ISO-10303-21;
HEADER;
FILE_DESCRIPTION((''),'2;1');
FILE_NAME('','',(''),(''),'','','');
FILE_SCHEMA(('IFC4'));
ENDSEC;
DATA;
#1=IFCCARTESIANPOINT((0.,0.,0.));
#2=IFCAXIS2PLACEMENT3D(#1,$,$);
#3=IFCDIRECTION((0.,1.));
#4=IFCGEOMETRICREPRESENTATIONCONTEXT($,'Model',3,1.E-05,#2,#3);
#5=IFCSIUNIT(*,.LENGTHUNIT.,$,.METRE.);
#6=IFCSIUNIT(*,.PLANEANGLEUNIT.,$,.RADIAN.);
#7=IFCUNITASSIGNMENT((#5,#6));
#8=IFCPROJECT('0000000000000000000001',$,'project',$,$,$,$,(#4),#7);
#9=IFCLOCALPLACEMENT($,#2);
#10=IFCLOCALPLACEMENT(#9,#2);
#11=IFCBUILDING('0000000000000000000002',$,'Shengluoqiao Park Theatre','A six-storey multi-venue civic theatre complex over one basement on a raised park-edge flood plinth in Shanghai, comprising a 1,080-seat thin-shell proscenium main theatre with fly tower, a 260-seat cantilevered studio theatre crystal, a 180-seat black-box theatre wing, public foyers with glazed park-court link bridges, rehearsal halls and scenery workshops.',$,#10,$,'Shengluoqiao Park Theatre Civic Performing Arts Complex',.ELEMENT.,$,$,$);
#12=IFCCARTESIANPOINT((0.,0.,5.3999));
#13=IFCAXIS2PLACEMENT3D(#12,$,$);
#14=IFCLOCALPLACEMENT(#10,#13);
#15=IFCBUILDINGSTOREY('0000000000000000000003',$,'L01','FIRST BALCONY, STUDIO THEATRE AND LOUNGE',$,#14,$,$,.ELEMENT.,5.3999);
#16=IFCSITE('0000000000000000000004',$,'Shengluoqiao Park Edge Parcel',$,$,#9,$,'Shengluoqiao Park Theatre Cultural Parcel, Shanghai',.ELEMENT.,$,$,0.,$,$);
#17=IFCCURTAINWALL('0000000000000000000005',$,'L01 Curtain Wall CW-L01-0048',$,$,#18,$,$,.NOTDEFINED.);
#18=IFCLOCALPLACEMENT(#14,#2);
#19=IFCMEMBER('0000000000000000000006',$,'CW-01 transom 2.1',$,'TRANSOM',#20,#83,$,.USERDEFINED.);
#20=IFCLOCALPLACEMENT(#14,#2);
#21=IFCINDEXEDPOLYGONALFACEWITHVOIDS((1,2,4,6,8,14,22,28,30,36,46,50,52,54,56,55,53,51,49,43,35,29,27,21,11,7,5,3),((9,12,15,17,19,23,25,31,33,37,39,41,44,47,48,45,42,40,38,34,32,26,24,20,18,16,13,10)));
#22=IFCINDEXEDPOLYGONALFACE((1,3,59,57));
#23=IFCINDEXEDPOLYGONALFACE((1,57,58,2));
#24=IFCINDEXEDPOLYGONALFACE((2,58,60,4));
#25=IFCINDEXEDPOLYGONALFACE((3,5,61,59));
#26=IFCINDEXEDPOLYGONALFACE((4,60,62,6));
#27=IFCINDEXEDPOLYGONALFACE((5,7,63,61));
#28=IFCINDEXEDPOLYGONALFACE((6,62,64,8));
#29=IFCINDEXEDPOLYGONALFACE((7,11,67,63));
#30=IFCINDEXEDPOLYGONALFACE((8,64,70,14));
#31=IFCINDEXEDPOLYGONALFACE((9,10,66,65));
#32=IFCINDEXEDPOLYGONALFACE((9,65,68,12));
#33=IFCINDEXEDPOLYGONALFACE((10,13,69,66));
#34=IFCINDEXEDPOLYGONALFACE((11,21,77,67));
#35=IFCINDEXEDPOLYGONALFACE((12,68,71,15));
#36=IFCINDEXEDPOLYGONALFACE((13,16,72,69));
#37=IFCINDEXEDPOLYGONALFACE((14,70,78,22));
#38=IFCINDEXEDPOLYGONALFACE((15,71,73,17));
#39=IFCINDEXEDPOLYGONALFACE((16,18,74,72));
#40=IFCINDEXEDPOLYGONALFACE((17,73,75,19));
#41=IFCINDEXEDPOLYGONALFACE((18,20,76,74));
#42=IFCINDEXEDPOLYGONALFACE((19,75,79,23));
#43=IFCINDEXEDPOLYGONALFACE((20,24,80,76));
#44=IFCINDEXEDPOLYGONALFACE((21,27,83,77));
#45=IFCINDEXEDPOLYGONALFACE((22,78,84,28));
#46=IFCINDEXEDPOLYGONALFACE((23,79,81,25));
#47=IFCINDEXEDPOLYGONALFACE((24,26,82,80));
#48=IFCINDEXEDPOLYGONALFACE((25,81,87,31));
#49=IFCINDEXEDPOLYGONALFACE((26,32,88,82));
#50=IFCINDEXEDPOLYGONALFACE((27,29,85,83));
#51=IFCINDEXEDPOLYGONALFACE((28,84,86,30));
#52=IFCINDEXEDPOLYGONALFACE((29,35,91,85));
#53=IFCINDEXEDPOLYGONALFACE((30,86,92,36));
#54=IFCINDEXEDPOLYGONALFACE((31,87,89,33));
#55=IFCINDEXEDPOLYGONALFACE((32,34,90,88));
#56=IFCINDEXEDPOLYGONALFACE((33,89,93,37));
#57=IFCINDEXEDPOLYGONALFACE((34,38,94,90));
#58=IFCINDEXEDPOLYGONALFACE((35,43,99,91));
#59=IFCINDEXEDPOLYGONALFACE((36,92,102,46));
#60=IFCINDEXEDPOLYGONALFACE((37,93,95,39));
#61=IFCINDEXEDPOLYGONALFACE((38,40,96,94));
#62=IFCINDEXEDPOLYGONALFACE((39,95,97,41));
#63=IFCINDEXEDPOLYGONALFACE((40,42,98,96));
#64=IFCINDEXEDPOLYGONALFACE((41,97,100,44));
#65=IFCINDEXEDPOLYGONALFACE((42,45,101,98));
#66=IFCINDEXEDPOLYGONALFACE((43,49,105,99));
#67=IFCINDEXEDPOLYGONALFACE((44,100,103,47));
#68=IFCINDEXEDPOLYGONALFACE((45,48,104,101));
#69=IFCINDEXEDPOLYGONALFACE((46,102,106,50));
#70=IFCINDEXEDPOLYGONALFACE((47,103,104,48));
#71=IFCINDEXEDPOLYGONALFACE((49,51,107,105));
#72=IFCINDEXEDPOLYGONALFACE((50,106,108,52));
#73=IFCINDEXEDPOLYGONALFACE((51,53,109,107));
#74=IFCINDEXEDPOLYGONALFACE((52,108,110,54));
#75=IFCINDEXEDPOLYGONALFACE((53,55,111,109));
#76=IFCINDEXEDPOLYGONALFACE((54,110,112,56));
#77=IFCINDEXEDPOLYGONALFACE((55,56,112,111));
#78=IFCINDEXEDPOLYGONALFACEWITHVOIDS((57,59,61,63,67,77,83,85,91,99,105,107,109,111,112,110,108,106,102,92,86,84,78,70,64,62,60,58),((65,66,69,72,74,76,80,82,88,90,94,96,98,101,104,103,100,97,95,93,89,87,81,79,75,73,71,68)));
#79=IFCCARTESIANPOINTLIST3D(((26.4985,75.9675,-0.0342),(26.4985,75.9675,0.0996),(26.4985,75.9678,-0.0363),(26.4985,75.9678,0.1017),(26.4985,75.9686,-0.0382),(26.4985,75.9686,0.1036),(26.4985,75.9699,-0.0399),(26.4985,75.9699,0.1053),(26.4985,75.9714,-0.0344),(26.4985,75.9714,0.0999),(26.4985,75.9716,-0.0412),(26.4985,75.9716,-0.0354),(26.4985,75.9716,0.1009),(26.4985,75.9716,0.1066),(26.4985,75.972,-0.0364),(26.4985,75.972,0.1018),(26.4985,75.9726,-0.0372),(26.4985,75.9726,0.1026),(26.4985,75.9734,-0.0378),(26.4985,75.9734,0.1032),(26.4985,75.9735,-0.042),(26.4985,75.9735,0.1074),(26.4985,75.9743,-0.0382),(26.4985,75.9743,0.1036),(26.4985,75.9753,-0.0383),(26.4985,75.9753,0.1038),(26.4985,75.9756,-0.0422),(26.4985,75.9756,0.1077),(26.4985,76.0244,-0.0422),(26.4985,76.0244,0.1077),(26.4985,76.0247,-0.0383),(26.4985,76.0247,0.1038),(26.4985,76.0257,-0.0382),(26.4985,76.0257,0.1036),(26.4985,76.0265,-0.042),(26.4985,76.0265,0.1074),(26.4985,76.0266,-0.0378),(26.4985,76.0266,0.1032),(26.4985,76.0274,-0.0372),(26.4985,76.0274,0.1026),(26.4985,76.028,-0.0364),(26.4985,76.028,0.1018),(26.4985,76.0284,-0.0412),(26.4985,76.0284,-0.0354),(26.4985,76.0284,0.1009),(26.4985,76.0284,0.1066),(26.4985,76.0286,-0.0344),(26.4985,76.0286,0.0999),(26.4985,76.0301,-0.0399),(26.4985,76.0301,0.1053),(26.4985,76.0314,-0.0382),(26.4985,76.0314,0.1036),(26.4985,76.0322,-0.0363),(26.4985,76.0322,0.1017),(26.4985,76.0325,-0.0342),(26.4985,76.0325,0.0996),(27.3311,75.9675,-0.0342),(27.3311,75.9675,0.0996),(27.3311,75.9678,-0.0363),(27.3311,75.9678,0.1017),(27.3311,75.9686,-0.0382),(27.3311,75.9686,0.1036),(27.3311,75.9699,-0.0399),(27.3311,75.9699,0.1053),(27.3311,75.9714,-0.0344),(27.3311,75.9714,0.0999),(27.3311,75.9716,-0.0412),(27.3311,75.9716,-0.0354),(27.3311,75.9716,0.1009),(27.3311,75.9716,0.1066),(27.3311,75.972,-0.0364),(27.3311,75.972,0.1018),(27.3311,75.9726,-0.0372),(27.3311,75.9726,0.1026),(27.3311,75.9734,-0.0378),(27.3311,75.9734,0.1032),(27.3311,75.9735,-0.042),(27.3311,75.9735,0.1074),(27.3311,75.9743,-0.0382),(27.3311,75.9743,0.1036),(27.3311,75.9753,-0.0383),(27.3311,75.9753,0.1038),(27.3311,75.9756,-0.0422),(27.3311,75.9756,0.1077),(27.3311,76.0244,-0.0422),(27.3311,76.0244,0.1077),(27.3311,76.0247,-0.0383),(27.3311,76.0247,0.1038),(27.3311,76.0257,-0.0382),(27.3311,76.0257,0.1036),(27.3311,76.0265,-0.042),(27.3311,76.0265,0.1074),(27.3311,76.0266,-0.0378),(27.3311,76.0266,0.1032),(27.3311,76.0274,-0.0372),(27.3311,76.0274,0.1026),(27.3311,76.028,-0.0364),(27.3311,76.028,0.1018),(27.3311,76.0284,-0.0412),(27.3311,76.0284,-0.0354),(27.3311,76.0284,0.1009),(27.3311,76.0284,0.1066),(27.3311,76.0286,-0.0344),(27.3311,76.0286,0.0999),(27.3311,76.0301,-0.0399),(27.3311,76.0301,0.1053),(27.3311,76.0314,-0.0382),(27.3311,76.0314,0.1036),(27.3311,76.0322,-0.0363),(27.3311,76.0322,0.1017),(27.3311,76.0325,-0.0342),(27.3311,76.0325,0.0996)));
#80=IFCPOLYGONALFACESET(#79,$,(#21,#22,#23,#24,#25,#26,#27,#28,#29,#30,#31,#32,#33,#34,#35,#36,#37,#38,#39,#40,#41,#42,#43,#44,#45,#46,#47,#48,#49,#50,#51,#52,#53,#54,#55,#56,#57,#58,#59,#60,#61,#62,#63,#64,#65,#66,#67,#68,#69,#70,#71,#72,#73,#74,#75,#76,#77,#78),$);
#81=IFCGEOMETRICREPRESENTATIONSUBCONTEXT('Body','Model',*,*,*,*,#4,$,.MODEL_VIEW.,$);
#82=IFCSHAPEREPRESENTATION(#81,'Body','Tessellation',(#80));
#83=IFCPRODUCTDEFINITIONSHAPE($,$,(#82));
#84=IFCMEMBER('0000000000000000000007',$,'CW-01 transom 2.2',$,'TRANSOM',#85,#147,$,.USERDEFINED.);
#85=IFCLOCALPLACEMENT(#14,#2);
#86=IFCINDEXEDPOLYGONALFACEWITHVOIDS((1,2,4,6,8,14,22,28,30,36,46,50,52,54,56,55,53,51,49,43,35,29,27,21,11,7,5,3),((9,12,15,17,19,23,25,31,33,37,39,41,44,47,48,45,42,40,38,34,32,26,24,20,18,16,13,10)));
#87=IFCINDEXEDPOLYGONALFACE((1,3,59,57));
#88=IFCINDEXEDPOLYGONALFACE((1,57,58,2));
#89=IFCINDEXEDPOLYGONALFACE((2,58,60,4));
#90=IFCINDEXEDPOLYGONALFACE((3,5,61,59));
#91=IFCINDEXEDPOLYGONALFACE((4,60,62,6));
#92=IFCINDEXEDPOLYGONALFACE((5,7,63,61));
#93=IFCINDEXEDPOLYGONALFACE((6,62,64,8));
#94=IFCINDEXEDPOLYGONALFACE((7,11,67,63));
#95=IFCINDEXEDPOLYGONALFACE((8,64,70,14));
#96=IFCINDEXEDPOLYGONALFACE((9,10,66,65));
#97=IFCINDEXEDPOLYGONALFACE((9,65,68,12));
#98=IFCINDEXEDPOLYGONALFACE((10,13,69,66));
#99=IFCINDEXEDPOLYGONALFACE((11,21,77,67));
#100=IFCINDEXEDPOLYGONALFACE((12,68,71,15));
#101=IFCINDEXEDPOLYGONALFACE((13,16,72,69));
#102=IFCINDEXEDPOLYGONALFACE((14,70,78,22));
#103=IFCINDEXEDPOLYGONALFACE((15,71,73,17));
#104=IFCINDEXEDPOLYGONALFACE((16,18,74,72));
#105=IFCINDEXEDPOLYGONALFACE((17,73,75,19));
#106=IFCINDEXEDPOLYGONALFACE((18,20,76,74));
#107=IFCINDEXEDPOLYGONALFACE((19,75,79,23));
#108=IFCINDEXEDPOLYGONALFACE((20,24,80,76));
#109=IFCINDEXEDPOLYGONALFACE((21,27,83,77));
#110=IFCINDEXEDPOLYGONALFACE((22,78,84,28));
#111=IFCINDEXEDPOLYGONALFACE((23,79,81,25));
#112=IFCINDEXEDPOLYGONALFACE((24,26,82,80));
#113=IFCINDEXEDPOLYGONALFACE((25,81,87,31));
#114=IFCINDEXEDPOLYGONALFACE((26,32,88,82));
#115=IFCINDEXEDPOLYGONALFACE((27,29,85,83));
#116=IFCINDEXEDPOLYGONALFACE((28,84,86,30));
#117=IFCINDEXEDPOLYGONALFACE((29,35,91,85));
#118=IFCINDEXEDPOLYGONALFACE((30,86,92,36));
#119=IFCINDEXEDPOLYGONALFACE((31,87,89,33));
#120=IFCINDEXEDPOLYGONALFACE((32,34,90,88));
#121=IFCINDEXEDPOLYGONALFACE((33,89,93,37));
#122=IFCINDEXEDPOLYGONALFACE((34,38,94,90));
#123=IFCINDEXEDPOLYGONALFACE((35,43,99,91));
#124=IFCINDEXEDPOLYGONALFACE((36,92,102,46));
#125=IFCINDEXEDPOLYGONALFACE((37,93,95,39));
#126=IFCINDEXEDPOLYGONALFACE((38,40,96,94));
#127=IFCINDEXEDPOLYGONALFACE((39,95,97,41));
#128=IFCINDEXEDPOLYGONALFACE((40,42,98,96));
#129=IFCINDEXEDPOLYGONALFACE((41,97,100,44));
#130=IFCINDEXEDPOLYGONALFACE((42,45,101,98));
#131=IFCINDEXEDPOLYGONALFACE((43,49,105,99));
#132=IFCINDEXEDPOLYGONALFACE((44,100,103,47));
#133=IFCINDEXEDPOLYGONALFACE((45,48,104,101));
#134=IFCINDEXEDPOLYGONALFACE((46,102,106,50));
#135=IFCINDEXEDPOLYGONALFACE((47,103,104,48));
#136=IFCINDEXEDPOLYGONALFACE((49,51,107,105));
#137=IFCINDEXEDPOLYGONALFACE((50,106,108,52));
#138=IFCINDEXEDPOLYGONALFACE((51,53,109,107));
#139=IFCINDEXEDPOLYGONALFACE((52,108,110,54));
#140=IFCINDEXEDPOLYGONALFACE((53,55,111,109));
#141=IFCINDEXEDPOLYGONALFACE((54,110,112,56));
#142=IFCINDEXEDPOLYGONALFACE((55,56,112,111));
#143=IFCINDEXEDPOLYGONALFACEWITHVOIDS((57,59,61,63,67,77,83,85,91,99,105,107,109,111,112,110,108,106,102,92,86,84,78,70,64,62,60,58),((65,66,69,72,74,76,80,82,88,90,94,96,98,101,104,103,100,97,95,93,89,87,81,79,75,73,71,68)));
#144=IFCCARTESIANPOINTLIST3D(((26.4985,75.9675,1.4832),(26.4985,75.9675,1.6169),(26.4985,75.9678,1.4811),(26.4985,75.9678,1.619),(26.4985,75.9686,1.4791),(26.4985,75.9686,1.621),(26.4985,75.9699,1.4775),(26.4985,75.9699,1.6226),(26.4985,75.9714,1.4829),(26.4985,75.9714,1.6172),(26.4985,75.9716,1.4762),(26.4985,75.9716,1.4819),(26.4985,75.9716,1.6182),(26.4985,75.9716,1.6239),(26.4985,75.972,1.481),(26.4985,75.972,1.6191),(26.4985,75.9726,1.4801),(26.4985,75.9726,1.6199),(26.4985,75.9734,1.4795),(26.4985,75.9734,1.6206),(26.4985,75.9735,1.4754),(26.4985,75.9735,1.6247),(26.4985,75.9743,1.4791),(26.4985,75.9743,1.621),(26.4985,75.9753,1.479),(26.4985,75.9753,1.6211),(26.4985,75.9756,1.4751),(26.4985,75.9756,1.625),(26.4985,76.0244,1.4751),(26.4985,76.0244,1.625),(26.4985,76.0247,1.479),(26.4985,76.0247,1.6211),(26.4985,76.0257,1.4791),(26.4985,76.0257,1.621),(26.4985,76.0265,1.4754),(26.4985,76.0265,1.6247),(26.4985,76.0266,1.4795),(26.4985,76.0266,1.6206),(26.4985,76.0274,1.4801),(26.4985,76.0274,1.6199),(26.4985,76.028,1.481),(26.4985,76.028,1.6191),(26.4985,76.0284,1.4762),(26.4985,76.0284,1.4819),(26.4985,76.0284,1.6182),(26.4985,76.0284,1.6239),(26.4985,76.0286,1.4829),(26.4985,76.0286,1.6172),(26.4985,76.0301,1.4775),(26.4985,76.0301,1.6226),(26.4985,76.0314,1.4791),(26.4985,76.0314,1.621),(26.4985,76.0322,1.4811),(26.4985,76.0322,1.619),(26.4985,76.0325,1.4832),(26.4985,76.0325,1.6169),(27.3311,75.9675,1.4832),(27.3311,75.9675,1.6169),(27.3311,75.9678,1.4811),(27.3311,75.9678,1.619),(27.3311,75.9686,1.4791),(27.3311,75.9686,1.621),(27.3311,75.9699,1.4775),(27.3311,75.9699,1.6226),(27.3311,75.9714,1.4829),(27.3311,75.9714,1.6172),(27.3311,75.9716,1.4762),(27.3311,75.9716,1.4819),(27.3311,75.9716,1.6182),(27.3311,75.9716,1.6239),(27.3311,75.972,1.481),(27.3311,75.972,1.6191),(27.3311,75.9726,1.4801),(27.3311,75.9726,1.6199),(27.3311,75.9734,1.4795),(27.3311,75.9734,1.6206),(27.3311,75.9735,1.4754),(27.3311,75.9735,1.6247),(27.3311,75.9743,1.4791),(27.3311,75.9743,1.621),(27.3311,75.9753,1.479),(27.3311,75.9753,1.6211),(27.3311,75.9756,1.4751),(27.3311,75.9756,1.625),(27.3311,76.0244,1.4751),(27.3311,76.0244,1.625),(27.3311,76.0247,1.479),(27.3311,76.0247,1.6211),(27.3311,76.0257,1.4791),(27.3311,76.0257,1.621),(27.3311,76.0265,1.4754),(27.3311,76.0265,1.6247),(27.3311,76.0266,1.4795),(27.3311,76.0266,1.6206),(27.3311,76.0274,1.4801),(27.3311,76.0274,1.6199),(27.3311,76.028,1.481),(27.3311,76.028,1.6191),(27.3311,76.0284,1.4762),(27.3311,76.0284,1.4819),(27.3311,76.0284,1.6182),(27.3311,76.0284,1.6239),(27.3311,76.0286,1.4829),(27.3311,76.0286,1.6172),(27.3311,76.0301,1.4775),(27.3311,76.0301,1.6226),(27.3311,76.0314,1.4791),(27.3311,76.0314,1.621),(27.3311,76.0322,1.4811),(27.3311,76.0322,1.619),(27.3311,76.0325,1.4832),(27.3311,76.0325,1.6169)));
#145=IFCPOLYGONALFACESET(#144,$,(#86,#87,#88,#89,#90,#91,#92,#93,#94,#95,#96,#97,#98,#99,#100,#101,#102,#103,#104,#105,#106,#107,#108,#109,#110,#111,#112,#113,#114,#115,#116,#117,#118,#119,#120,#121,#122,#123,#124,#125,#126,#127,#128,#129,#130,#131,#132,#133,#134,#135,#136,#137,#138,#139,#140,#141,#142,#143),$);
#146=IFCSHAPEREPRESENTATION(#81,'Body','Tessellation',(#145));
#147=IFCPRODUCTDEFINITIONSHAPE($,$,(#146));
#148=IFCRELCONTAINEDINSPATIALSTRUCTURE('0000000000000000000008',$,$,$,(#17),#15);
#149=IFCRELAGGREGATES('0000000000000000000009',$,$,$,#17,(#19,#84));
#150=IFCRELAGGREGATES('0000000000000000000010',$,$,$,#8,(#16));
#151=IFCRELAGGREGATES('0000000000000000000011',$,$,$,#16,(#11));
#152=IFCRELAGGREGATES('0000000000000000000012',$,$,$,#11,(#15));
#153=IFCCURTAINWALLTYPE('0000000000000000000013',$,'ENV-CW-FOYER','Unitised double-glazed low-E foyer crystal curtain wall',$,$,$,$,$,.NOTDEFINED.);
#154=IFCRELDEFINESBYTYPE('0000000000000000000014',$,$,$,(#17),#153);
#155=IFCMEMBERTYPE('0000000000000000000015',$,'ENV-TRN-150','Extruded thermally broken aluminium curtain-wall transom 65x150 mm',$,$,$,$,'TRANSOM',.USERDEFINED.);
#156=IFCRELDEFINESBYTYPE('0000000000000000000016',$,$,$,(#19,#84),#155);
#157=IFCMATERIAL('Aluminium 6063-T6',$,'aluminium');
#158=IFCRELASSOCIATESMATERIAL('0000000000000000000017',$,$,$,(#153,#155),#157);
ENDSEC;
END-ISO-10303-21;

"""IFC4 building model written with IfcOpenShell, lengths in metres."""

from ifc_helpers import new_model, si_unit, direction, frame, origin, origin_2d, place, context, subcontext, project, spatial, hollow_rectangle, extrude, material, material_profile, profile_set, type_object, element, aggregate, save


model = new_model("IFC4")

# Units and contexts
model_context = context("Model", 3, precision=1e-05, world=origin(), true_north=direction((0.0, 1.0)))
body_context = subcontext(model_context, "Body", "Model", "MODEL_VIEW")
ifc_project = project(units=[si_unit("LENGTHUNIT", "METRE"), si_unit("PLANEANGLEUNIT", "RADIAN")], contexts=[model_context])

# Site, building, storey
site_placement = place(None, origin())
site = spatial("IfcSite", under=ifc_project, at=site_placement, Name="Shengluoqiao Park Edge Parcel", LongName="Shengluoqiao Park Theatre Cultural Parcel, Shanghai", CompositionType="ELEMENT", RefElevation=0.0)
building_placement = place(site_placement, origin())
building = spatial("IfcBuilding", under=site, at=building_placement, Name="Shengluoqiao Park Theatre", Description="A six-storey multi-venue civic theatre complex over one basement on a raised park-edge flood plinth in Shanghai, comprising a 1,080-seat thin-shell proscenium main theatre with fly tower, a 260-seat cantilevered studio theatre crystal, a 180-seat black-box theatre wing, public foyers with glazed park-court link bridges, rehearsal halls and scenery workshops.", LongName="Shengluoqiao Park Theatre Civic Performing Arts Complex", CompositionType="ELEMENT")
storey_placement = place(building_placement, frame((0.0, 0.0, 5.3999)))
storey = spatial("IfcBuildingStorey", under=building, at=storey_placement, Name="L01", Description="FIRST BALCONY, STUDIO THEATRE AND LOUNGE", CompositionType="ELEMENT", Elevation=5.3999)

# Curtain wall
ifc_material_1 = material(Name="Aluminium 6063-T6", Category="aluminium")
curtain_wall_type = type_object("IfcCurtainWallType", Name="ENV-CW-FOYER", Description="Unitised double-glazed low-E foyer crystal curtain wall", PredefinedType="NOTDEFINED", material=ifc_material_1)
curtain_wall_1_placement = place(storey_placement, origin())
curtain_wall_1 = element("IfcCurtainWall", 1, at=curtain_wall_1_placement, inside=storey, type_object=curtain_wall_type, Name="L01 Curtain Wall CW-L01-0048", PredefinedType="NOTDEFINED")

# Members
ifc_material_profile_1 = material_profile(ifc_material_1, hollow_rectangle(XDim=0.0649, YDim=0.1499, WallThickness=0.0039, InnerFilletRadius=0.0039, OuterFilletRadius=0.0081, at=origin_2d()), Name="ALU TRANSOM 150x65x4")
ifc_profile_set_1 = profile_set([ifc_material_profile_1], Name="Aluminium 6063-T6")
member_type_1 = type_object("IfcMemberType", Name="ENV-TRN-150", Description="Extruded thermally broken aluminium curtain-wall transom 65x150 mm", ElementType="TRANSOM", PredefinedType="USERDEFINED", material=ifc_profile_set_1)
member_1_placement = place(storey_placement, frame((26.4985, 76.0, 0.0327), z_axis=(1.0, 0.0, 0.0), x_axis=(0.0, 1.0, 0.0)))
member_1 = element("IfcMember", 2, at=member_1_placement, type_object=member_type_1, Name="CW-01 transom 2.1", ObjectType="TRANSOM", PredefinedType="USERDEFINED", context=body_context, shape_type="SweptSolid", body=[
    extrude(hollow_rectangle(XDim=0.0649, YDim=0.1499, WallThickness=0.0039, InnerFilletRadius=0.0039, OuterFilletRadius=0.0081, at=origin_2d()), origin(), (0.0, 0.0, 1.0), 0.8325),
])
member_2_placement = place(storey_placement, frame((26.4985, 76.0, 1.55), z_axis=(1.0, 0.0, 0.0), x_axis=(0.0, 1.0, 0.0)))
member_2 = element("IfcMember", 3, at=member_2_placement, type_object=member_type_1, Name="CW-01 transom 2.2", ObjectType="TRANSOM", PredefinedType="USERDEFINED", context=body_context, shape_type="SweptSolid", body=[
    extrude(hollow_rectangle(XDim=0.0649, YDim=0.1499, WallThickness=0.0039, InnerFilletRadius=0.0039, OuterFilletRadius=0.0081, at=origin_2d()), origin(), (0.0, 0.0, 1.0), 0.8325),
])

aggregate(curtain_wall_1, [member_1, member_2])

save(model, "model.ifc")
